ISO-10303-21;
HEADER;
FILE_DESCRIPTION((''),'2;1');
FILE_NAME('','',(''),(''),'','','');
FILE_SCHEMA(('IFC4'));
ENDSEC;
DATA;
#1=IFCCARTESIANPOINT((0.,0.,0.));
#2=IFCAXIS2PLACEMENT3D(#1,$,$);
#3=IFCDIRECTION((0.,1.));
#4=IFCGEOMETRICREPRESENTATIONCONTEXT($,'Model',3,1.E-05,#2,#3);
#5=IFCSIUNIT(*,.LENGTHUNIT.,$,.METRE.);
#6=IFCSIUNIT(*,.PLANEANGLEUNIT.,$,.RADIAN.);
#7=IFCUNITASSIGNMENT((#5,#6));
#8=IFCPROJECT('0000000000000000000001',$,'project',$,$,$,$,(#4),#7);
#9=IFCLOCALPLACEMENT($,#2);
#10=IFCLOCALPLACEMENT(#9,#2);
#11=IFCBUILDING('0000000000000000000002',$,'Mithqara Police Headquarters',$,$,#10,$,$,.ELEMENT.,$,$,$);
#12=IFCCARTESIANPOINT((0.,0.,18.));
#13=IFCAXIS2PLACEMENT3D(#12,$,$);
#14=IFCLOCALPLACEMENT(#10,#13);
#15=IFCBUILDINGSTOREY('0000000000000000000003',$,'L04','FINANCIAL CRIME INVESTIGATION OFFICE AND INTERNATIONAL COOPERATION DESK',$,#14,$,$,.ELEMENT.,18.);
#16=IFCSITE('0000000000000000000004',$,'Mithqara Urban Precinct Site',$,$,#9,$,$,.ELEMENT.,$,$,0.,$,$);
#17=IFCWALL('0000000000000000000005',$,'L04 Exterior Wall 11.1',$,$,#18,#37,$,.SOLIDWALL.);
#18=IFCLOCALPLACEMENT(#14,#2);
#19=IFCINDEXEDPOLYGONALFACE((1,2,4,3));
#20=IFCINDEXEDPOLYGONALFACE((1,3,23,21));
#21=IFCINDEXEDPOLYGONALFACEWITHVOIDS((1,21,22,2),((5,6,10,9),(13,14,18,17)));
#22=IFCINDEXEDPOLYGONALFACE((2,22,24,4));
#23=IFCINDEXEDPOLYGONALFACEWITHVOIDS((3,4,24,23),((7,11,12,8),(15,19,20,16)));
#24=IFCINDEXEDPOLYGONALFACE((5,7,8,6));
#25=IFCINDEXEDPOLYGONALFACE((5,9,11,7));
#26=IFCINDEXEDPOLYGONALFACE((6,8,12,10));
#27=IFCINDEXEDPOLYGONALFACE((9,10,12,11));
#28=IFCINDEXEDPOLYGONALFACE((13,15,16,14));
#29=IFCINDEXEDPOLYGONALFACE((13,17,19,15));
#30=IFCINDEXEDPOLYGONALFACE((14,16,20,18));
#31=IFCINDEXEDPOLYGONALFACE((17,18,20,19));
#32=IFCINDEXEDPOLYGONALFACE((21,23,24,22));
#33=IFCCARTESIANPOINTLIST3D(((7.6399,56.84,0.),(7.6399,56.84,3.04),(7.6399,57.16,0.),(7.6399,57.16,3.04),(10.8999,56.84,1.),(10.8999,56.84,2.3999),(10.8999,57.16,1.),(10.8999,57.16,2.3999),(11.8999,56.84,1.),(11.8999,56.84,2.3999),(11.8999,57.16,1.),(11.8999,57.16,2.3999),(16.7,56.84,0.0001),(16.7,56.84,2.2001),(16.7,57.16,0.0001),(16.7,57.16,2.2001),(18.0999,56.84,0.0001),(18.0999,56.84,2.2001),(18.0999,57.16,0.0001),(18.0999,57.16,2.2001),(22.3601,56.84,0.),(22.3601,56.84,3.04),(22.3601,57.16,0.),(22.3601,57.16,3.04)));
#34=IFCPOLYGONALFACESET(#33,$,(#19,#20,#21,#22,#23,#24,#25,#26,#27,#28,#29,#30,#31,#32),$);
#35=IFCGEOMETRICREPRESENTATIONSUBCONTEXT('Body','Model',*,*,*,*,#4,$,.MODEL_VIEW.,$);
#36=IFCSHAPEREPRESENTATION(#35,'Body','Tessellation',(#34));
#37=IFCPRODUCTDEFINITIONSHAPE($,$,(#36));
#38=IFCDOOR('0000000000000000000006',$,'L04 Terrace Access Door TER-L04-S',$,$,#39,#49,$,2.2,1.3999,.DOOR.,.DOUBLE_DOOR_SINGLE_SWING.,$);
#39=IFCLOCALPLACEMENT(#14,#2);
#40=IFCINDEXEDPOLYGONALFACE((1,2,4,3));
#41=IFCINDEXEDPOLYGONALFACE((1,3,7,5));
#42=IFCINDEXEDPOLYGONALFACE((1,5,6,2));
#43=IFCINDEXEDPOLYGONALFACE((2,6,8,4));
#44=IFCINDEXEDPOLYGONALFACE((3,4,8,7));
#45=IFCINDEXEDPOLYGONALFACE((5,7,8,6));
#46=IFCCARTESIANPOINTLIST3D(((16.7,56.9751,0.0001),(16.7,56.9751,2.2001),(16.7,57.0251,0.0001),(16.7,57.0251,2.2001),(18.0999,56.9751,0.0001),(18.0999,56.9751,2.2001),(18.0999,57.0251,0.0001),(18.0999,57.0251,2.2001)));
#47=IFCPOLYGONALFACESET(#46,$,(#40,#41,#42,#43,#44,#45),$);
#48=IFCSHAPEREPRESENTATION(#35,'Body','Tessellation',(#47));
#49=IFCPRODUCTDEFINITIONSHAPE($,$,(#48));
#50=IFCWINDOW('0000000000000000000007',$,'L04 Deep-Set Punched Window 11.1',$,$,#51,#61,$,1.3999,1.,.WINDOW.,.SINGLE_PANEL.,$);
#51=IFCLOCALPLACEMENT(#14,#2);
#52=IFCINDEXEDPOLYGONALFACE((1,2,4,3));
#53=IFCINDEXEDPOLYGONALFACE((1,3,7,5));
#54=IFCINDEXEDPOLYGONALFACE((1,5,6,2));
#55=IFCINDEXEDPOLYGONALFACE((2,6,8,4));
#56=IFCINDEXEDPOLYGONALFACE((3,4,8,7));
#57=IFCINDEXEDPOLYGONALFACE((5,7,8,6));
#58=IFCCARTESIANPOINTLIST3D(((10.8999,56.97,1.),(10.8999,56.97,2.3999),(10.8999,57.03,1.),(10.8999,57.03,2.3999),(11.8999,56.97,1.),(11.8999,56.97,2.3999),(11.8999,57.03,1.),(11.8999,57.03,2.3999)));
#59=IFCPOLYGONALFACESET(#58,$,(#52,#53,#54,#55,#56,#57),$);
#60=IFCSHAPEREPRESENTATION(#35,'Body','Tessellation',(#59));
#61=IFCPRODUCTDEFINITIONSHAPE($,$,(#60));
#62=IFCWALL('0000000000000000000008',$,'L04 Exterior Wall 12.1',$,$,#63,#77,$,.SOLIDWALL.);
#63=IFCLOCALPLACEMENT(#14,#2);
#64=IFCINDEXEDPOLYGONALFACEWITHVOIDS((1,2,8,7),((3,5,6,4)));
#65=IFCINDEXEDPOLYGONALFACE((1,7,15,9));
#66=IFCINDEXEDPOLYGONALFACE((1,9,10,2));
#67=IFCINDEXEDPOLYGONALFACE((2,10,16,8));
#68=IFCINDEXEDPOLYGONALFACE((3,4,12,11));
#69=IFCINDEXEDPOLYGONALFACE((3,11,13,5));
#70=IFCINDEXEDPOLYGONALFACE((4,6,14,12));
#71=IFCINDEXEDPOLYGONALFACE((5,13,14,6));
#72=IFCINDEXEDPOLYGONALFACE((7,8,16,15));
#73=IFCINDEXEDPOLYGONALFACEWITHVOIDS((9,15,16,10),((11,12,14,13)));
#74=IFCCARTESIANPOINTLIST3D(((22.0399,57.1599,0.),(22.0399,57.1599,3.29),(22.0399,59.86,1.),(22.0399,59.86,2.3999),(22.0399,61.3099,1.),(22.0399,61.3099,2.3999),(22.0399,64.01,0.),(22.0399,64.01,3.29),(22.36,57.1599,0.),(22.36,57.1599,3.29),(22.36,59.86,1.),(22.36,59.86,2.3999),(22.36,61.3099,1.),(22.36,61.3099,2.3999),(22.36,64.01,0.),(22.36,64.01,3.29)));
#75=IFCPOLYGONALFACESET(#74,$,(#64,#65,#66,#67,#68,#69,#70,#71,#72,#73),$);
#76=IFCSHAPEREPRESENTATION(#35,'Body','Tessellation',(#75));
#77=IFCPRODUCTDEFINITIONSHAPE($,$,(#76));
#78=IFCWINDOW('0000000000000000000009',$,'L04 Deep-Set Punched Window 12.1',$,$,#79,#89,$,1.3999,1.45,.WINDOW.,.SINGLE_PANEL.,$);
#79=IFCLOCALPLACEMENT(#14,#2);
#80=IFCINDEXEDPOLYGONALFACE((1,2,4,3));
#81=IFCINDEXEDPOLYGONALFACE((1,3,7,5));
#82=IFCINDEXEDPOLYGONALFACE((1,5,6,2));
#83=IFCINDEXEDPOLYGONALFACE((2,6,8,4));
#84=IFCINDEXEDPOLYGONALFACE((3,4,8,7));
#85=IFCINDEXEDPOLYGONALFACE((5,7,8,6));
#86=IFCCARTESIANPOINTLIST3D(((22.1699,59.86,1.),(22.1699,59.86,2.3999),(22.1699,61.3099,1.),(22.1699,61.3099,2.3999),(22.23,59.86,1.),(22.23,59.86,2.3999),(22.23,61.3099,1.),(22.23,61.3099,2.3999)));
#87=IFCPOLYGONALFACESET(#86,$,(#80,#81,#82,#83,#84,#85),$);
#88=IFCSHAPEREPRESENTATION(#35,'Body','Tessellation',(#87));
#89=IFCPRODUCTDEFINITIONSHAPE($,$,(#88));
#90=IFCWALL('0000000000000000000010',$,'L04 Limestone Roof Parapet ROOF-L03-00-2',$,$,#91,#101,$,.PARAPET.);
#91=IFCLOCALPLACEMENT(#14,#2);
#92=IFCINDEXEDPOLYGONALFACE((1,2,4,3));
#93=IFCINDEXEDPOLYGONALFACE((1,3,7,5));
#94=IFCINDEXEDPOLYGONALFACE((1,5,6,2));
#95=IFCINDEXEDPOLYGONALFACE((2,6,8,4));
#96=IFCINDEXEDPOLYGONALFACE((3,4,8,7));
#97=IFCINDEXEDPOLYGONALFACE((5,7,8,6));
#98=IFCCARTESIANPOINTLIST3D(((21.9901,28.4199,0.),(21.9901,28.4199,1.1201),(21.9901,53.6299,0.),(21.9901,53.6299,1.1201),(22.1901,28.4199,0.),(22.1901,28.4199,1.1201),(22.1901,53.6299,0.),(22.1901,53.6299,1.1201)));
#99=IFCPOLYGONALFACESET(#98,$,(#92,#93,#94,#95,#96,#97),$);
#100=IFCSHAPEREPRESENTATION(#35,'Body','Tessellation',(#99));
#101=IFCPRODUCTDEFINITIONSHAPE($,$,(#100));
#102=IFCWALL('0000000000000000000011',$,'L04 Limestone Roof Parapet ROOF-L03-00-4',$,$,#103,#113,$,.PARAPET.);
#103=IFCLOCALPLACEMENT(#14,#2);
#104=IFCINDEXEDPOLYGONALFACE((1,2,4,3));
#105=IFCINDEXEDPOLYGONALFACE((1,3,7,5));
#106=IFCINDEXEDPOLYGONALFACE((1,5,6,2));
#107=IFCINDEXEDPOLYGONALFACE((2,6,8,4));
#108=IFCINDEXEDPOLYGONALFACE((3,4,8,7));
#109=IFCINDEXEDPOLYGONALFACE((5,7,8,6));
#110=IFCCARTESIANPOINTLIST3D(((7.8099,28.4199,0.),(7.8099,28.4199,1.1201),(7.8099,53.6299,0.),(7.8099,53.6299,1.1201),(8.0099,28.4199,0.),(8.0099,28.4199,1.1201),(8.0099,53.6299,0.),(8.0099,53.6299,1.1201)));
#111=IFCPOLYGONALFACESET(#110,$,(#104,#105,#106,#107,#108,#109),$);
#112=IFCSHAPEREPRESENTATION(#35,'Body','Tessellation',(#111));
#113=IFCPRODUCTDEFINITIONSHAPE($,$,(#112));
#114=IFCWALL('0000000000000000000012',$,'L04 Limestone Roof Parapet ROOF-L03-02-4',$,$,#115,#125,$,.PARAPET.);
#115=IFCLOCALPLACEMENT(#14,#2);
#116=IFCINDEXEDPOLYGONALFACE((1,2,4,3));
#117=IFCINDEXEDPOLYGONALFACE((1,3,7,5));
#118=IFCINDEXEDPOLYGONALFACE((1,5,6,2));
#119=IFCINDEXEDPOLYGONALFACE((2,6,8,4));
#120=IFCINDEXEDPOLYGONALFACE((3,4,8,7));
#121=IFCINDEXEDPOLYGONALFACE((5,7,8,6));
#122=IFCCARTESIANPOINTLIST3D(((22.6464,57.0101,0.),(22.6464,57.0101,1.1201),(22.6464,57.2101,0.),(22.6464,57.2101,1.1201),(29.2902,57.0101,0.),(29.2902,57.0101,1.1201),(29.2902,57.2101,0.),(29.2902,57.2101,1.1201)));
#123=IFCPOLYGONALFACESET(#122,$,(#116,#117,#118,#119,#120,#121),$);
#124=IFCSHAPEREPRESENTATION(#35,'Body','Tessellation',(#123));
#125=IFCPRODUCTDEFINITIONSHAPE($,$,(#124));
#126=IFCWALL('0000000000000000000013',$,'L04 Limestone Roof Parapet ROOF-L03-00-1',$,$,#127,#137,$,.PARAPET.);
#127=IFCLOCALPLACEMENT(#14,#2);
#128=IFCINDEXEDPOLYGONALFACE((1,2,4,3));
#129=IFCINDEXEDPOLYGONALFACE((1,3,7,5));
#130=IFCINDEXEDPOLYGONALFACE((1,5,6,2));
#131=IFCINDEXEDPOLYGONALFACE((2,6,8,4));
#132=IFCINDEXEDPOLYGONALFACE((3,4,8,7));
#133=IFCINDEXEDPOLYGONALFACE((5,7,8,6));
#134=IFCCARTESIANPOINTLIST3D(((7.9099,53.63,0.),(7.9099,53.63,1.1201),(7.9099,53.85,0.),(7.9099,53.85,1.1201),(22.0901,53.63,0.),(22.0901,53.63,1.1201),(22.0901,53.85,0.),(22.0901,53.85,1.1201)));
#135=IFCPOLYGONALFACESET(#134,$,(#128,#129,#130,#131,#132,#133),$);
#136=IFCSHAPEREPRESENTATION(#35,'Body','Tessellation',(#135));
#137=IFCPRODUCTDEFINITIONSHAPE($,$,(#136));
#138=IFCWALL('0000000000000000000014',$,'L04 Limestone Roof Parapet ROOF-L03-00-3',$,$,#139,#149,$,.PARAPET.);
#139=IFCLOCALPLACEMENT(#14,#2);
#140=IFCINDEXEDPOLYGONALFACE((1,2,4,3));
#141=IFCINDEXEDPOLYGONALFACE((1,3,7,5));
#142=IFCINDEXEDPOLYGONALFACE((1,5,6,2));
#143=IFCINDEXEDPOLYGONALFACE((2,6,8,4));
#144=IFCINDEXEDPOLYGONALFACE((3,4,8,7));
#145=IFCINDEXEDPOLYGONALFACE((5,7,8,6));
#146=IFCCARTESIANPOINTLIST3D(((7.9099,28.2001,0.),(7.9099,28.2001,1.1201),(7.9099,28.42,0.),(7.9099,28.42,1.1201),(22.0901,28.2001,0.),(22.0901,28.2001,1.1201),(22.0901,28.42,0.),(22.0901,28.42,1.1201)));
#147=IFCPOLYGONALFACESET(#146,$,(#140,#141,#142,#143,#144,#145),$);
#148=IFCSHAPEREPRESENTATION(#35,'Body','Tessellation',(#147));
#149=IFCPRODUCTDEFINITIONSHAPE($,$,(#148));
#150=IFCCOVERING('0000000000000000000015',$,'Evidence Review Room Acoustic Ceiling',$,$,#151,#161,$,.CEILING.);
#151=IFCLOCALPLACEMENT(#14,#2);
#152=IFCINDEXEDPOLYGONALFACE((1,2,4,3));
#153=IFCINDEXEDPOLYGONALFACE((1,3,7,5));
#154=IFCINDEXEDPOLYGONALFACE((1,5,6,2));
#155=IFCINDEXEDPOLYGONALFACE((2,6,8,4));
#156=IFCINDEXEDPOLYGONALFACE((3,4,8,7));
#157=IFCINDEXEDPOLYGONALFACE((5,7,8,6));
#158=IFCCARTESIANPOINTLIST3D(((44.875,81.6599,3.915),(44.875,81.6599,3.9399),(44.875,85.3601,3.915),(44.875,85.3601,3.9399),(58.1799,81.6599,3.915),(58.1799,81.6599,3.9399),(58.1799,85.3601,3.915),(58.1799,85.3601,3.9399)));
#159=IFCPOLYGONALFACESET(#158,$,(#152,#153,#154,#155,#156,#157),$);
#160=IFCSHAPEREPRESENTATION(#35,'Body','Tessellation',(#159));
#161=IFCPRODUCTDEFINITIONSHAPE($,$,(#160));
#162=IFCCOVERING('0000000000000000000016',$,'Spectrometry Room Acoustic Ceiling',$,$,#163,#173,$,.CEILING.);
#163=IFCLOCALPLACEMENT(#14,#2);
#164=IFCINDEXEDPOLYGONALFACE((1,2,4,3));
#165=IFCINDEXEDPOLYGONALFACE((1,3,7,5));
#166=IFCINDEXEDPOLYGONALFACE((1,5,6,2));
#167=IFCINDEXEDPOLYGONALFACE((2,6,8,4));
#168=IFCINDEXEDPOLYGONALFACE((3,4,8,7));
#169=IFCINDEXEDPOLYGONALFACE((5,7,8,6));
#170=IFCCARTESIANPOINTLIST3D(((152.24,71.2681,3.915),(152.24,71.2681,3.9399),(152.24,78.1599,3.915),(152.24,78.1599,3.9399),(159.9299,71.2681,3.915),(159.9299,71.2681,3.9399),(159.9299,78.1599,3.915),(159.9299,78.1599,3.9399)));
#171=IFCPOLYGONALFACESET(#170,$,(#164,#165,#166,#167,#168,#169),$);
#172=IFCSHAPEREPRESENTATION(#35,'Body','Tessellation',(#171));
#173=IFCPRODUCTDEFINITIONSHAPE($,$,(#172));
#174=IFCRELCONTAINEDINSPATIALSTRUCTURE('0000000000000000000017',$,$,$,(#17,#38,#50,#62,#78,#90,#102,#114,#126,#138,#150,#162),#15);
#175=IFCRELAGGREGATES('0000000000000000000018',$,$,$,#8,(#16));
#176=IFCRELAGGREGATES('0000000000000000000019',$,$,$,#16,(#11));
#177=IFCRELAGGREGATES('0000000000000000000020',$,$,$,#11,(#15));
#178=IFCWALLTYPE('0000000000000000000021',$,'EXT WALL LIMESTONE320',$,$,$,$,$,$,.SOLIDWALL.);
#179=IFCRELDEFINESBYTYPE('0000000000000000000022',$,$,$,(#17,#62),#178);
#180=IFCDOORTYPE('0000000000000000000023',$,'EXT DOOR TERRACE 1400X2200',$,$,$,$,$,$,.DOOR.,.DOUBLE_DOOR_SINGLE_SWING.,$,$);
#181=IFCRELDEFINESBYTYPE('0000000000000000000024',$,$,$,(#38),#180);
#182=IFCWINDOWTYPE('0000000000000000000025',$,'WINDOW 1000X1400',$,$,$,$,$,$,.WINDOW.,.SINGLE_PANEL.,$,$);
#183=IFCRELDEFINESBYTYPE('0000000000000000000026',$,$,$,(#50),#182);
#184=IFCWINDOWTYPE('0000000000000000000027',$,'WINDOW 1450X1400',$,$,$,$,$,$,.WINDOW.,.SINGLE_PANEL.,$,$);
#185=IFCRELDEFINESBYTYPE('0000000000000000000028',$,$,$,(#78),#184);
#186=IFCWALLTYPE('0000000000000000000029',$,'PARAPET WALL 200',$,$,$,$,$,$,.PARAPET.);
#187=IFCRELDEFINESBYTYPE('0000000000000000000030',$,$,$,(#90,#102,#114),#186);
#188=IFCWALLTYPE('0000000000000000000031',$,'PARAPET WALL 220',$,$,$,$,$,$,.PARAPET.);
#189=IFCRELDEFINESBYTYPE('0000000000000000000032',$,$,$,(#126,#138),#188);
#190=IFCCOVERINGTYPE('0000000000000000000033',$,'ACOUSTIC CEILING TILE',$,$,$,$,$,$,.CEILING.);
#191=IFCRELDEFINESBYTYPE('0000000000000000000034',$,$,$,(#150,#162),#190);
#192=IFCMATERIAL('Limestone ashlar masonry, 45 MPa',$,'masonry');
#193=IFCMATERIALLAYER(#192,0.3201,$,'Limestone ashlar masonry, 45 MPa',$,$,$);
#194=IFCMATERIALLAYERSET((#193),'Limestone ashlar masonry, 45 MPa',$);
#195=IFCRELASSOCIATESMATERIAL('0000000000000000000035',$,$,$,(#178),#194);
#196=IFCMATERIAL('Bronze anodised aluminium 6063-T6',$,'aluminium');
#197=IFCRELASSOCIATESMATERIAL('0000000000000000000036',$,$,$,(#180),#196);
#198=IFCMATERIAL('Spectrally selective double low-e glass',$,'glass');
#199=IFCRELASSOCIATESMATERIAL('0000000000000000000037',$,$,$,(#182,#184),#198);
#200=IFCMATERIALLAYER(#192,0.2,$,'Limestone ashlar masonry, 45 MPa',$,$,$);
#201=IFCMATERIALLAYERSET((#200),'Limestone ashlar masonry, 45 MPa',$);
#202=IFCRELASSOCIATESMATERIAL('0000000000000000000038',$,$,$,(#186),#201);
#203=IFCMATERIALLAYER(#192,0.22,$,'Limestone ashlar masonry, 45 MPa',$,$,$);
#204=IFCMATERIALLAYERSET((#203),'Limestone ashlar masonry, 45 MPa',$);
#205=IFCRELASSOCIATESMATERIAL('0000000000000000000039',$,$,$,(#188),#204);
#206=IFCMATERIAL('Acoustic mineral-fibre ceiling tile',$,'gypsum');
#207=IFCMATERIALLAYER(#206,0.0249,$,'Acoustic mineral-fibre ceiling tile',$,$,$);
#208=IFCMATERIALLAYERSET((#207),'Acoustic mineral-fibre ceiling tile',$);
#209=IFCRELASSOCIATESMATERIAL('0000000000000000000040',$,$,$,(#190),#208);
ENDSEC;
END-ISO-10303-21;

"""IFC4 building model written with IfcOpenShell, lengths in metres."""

from ifc_helpers import new_model, si_unit, direction, frame, frame_2d, origin, place, context, subcontext, project, spatial, polyline, rectangle, outline, extrude, material, layer, layer_set, type_object, element, fill, save


model = new_model("IFC4")

# Units and contexts
model_context = context("Model", 3, precision=1e-05, world=origin(), true_north=direction((0.0, 1.0)))
body_context = subcontext(model_context, "Body", "Model", "MODEL_VIEW")
ifc_project = project(units=[si_unit("LENGTHUNIT", "METRE"), si_unit("PLANEANGLEUNIT", "RADIAN")], contexts=[model_context])

# Site, building, storey
site_placement = place(None, origin())
site = spatial("IfcSite", under=ifc_project, at=site_placement, Name="Mithqara Urban Precinct Site", CompositionType="ELEMENT", RefElevation=0.0)
building_placement = place(site_placement, origin())
building = spatial("IfcBuilding", under=site, at=building_placement, Name="Mithqara Police Headquarters", CompositionType="ELEMENT")
storey_placement = place(building_placement, frame((0.0, 0.0, 18.0)))
storey = spatial("IfcBuildingStorey", under=building, at=storey_placement, Name="L04", Description="FINANCIAL CRIME INVESTIGATION OFFICE AND INTERNATIONAL COOPERATION DESK", CompositionType="ELEMENT", Elevation=18.0)

# Wall, openings, door, window
ifc_material_1 = material(Name="Limestone ashlar masonry, 45 MPa", Category="masonry")
ifc_layer_1 = layer(ifc_material_1, 0.3201, Name="Limestone ashlar masonry, 45 MPa")
ifc_layer_set_1 = layer_set([ifc_layer_1], Name="Limestone ashlar masonry, 45 MPa")
wall_type_1 = type_object("IfcWallType", Name="EXT WALL LIMESTONE320", PredefinedType="SOLIDWALL", material=ifc_layer_set_1)
wall_1_placement = place(storey_placement, frame((7.6399, 57.0, 0.0), z_axis=(0.0, 0.0, 1.0), x_axis=(1.0, 0.0, 0.0)))
wall_1 = element("IfcWall", 1, at=wall_1_placement, inside=storey, type_object=wall_type_1, Name="L04 Exterior Wall 11.1", PredefinedType="SOLIDWALL", context=body_context, shape_type="SweptSolid", body=[
    extrude(rectangle(XDim=14.7202, YDim=0.3201, at=frame_2d((7.3601, 0.0))), origin(), (0.0, 0.0, 1.0), 3.04),
])
opening_1_placement = place(wall_1_placement, frame((9.0601, 0.0, 0.0)))
opening_1 = element("IfcOpeningElement", 2, at=opening_1_placement, cuts=wall_1, PredefinedType="OPENING", context=body_context, shape_type="SweptSolid", body=[
    extrude(rectangle(XDim=1.3999, YDim=2.2, at=frame_2d((0.7, 1.1001))), frame((0.0, 0.1699, 0.0), z_axis=(0.0, -1.0, 0.0), x_axis=(1.0, 0.0, 0.0)), (0.0, 0.0, 1.0), 0.3401),
])
opening_2_placement = place(wall_1_placement, frame((3.26, 0.0, 1.0)))
opening_2 = element("IfcOpeningElement", 3, at=opening_2_placement, cuts=wall_1, PredefinedType="OPENING", context=body_context, shape_type="SweptSolid", body=[
    extrude(rectangle(XDim=1.0, YDim=1.3999, at=frame_2d((0.5, 0.7))), frame((0.0, 0.1699, 0.0), z_axis=(0.0, -1.0, 0.0), x_axis=(1.0, 0.0, 0.0)), (0.0, 0.0, 1.0), 0.3401),
])
ifc_material_2 = material(Name="Bronze anodised aluminium 6063-T6", Category="aluminium")
door_type = type_object("IfcDoorType", Name="EXT DOOR TERRACE 1400X2200", OperationType="DOUBLE_DOOR_SINGLE_SWING", PredefinedType="DOOR", material=ifc_material_2)
door_placement = place(opening_1_placement, frame((1.3999, 0.0, 0.0), z_axis=(0.0, 0.0, 1.0), x_axis=(-1.0, 0.0, 0.0)))
door = element("IfcDoor", 4, at=door_placement, inside=storey, type_object=door_type, Name="L04 Terrace Access Door TER-L04-S", OperationType="DOUBLE_DOOR_SINGLE_SWING", OverallHeight=2.2, OverallWidth=1.3999, PredefinedType="DOOR", context=body_context, shape_type="SweptSolid", body=[
    extrude(rectangle(XDim=1.3999, YDim=2.2, at=frame_2d((0.7, 1.1001))), frame((0.0, 0.0249, 0.0), z_axis=(0.0, -1.0, 0.0), x_axis=(1.0, 0.0, 0.0)), (0.0, 0.0, 1.0), 0.05),
])
fill(opening_1, door)
ifc_material_3 = material(Name="Spectrally selective double low-e glass", Category="glass")
window_type_1 = type_object("IfcWindowType", Name="WINDOW 1000X1400", PartitioningType="SINGLE_PANEL", PredefinedType="WINDOW", material=ifc_material_3)
window_1_placement = place(opening_2_placement, origin())
window_1 = element("IfcWindow", 5, at=window_1_placement, inside=storey, type_object=window_type_1, Name="L04 Deep-Set Punched Window 11.1", OverallHeight=1.3999, OverallWidth=1.0, PartitioningType="SINGLE_PANEL", PredefinedType="WINDOW", context=body_context, shape_type="SweptSolid", body=[
    extrude(rectangle(XDim=1.0, YDim=1.3999, at=frame_2d((0.5, 0.7))), frame((0.0, 0.03, 0.0), z_axis=(0.0, -1.0, 0.0), x_axis=(1.0, 0.0, 0.0)), (0.0, 0.0, 1.0), 0.0601),
])
fill(opening_2, window_1)

# Wall, opening, window
wall_2_placement = place(storey_placement, frame((22.2, 57.1599, 0.0), z_axis=(0.0, 0.0, 1.0), x_axis=(0.0, 1.0, 0.0)))
wall_2 = element("IfcWall", 6, at=wall_2_placement, inside=storey, type_object=wall_type_1, Name="L04 Exterior Wall 12.1", PredefinedType="SOLIDWALL", context=body_context, shape_type="SweptSolid", body=[
    extrude(rectangle(XDim=6.8501, YDim=0.3201, at=frame_2d((3.425, 0.0))), origin(), (0.0, 0.0, 1.0), 3.29),
])
opening_3_placement = place(wall_2_placement, frame((2.7, 0.0, 1.0)))
opening_3 = element("IfcOpeningElement", 7, at=opening_3_placement, cuts=wall_2, PredefinedType="OPENING", context=body_context, shape_type="SweptSolid", body=[
    extrude(rectangle(XDim=1.45, YDim=1.3999, at=frame_2d((0.7251, 0.7))), frame((0.0, 0.1699, 0.0), z_axis=(0.0, -1.0, 0.0), x_axis=(1.0, 0.0, 0.0)), (0.0, 0.0, 1.0), 0.3401),
])
window_type_2 = type_object("IfcWindowType", Name="WINDOW 1450X1400", PartitioningType="SINGLE_PANEL", PredefinedType="WINDOW", material=ifc_material_3)
window_2_placement = place(opening_3_placement, origin())
window_2 = element("IfcWindow", 8, at=window_2_placement, inside=storey, type_object=window_type_2, Name="L04 Deep-Set Punched Window 12.1", OverallHeight=1.3999, OverallWidth=1.45, PartitioningType="SINGLE_PANEL", PredefinedType="WINDOW", context=body_context, shape_type="SweptSolid", body=[
    extrude(rectangle(XDim=1.45, YDim=1.3999, at=frame_2d((0.7251, 0.7))), frame((0.0, 0.03, 0.0), z_axis=(0.0, -1.0, 0.0), x_axis=(1.0, 0.0, 0.0)), (0.0, 0.0, 1.0), 0.0601),
])
fill(opening_3, window_2)

# Walls
ifc_layer_2 = layer(ifc_material_1, 0.2, Name="Limestone ashlar masonry, 45 MPa")
ifc_layer_set_2 = layer_set([ifc_layer_2], Name="Limestone ashlar masonry, 45 MPa")
wall_type_2 = type_object("IfcWallType", Name="PARAPET WALL 200", PredefinedType="PARAPET", material=ifc_layer_set_2)
for number, where, z_axis, x_axis, name in (
    (9, (22.0901, 53.6299, 0.0), (0.0, 0.0, 1.0), (0.0, -1.0, 0.0), "L04 Limestone Roof Parapet ROOF-L03-00-2"),
    (10, (7.9099, 28.4199, 0.0), (0.0, 0.0, 1.0), (0.0, 1.0, 0.0), "L04 Limestone Roof Parapet ROOF-L03-00-4"),
):
    element("IfcWall", number, at=place(storey_placement, frame(where, z_axis=z_axis, x_axis=x_axis)), inside=storey, type_object=wall_type_2, Name=name, PredefinedType="PARAPET", context=body_context, shape_type="SweptSolid", body=[
        extrude(rectangle(XDim=25.21, YDim=0.2, at=frame_2d((12.605, 0.0))), origin(), (0.0, 0.0, 1.0), 1.1201),
    ])
wall_3_placement = place(storey_placement, frame((29.29, 57.1101, 0.0), z_axis=(0.0, 0.0, 1.0), x_axis=(-1.0, 0.0, 0.0)))
element("IfcWall", 11, at=wall_3_placement, inside=storey, type_object=wall_type_2, Name="L04 Limestone Roof Parapet ROOF-L03-02-4", PredefinedType="PARAPET", context=body_context, shape_type="SweptSolid", body=[
    extrude(rectangle(XDim=6.6438, YDim=0.2, at=frame_2d((3.3218, 0.0))), origin(), (0.0, 0.0, 1.0), 1.1201),
])
ifc_layer_3 = layer(ifc_material_1, 0.22, Name="Limestone ashlar masonry, 45 MPa")
ifc_layer_set_3 = layer_set([ifc_layer_3], Name="Limestone ashlar masonry, 45 MPa")
wall_type_3 = type_object("IfcWallType", Name="PARAPET WALL 220", PredefinedType="PARAPET", material=ifc_layer_set_3)
for number, where, z_axis, x_axis, name in (
    (12, (7.9099, 53.74, 0.0), (0.0, 0.0, 1.0), (1.0, 0.0, 0.0), "L04 Limestone Roof Parapet ROOF-L03-00-1"),
    (13, (22.0901, 28.3101, 0.0), (0.0, 0.0, 1.0), (-1.0, 0.0, 0.0), "L04 Limestone Roof Parapet ROOF-L03-00-3"),
):
    element("IfcWall", number, at=place(storey_placement, frame(where, z_axis=z_axis, x_axis=x_axis)), inside=storey, type_object=wall_type_3, Name=name, PredefinedType="PARAPET", context=body_context, shape_type="SweptSolid", body=[
        extrude(rectangle(XDim=14.1802, YDim=0.22, at=frame_2d((7.0901, 0.0))), origin(), (0.0, 0.0, 1.0), 1.1201),
    ])

# Coverings
ifc_material_4 = material(Name="Acoustic mineral-fibre ceiling tile", Category="gypsum")
ifc_layer_4 = layer(ifc_material_4, 0.0249, Name="Acoustic mineral-fibre ceiling tile")
ifc_layer_set_4 = layer_set([ifc_layer_4], Name="Acoustic mineral-fibre ceiling tile")
covering_type_1 = type_object("IfcCoveringType", Name="ACOUSTIC CEILING TILE", PredefinedType="CEILING", material=ifc_layer_set_4)
covering_1_placement = place(storey_placement, frame((0.0, 0.0, 3.915)))
element("IfcCovering", 14, at=covering_1_placement, inside=storey, type_object=covering_type_1, Name="Evidence Review Room Acoustic Ceiling", PredefinedType="CEILING", context=body_context, shape_type="SweptSolid", body=[
    extrude(outline(polyline([(44.875, 81.6599), (58.1799, 81.6599), (58.1799, 85.3601), (44.875, 85.3601), (44.875, 81.6599)])), origin(), (0.0, 0.0, 1.0), 0.0249),
])
covering_2_placement = place(storey_placement, frame((0.0, 0.0, 3.915)))
element("IfcCovering", 15, at=covering_2_placement, inside=storey, type_object=covering_type_1, Name="Spectrometry Room Acoustic Ceiling", PredefinedType="CEILING", context=body_context, shape_type="SweptSolid", body=[
    extrude(outline(polyline([(152.24, 71.2681), (159.9299, 71.2681), (159.9299, 78.1599), (152.24, 78.1599), (152.24, 71.2681)])), origin(), (0.0, 0.0, 1.0), 0.0249),
])

save(model, "model.ifc")
